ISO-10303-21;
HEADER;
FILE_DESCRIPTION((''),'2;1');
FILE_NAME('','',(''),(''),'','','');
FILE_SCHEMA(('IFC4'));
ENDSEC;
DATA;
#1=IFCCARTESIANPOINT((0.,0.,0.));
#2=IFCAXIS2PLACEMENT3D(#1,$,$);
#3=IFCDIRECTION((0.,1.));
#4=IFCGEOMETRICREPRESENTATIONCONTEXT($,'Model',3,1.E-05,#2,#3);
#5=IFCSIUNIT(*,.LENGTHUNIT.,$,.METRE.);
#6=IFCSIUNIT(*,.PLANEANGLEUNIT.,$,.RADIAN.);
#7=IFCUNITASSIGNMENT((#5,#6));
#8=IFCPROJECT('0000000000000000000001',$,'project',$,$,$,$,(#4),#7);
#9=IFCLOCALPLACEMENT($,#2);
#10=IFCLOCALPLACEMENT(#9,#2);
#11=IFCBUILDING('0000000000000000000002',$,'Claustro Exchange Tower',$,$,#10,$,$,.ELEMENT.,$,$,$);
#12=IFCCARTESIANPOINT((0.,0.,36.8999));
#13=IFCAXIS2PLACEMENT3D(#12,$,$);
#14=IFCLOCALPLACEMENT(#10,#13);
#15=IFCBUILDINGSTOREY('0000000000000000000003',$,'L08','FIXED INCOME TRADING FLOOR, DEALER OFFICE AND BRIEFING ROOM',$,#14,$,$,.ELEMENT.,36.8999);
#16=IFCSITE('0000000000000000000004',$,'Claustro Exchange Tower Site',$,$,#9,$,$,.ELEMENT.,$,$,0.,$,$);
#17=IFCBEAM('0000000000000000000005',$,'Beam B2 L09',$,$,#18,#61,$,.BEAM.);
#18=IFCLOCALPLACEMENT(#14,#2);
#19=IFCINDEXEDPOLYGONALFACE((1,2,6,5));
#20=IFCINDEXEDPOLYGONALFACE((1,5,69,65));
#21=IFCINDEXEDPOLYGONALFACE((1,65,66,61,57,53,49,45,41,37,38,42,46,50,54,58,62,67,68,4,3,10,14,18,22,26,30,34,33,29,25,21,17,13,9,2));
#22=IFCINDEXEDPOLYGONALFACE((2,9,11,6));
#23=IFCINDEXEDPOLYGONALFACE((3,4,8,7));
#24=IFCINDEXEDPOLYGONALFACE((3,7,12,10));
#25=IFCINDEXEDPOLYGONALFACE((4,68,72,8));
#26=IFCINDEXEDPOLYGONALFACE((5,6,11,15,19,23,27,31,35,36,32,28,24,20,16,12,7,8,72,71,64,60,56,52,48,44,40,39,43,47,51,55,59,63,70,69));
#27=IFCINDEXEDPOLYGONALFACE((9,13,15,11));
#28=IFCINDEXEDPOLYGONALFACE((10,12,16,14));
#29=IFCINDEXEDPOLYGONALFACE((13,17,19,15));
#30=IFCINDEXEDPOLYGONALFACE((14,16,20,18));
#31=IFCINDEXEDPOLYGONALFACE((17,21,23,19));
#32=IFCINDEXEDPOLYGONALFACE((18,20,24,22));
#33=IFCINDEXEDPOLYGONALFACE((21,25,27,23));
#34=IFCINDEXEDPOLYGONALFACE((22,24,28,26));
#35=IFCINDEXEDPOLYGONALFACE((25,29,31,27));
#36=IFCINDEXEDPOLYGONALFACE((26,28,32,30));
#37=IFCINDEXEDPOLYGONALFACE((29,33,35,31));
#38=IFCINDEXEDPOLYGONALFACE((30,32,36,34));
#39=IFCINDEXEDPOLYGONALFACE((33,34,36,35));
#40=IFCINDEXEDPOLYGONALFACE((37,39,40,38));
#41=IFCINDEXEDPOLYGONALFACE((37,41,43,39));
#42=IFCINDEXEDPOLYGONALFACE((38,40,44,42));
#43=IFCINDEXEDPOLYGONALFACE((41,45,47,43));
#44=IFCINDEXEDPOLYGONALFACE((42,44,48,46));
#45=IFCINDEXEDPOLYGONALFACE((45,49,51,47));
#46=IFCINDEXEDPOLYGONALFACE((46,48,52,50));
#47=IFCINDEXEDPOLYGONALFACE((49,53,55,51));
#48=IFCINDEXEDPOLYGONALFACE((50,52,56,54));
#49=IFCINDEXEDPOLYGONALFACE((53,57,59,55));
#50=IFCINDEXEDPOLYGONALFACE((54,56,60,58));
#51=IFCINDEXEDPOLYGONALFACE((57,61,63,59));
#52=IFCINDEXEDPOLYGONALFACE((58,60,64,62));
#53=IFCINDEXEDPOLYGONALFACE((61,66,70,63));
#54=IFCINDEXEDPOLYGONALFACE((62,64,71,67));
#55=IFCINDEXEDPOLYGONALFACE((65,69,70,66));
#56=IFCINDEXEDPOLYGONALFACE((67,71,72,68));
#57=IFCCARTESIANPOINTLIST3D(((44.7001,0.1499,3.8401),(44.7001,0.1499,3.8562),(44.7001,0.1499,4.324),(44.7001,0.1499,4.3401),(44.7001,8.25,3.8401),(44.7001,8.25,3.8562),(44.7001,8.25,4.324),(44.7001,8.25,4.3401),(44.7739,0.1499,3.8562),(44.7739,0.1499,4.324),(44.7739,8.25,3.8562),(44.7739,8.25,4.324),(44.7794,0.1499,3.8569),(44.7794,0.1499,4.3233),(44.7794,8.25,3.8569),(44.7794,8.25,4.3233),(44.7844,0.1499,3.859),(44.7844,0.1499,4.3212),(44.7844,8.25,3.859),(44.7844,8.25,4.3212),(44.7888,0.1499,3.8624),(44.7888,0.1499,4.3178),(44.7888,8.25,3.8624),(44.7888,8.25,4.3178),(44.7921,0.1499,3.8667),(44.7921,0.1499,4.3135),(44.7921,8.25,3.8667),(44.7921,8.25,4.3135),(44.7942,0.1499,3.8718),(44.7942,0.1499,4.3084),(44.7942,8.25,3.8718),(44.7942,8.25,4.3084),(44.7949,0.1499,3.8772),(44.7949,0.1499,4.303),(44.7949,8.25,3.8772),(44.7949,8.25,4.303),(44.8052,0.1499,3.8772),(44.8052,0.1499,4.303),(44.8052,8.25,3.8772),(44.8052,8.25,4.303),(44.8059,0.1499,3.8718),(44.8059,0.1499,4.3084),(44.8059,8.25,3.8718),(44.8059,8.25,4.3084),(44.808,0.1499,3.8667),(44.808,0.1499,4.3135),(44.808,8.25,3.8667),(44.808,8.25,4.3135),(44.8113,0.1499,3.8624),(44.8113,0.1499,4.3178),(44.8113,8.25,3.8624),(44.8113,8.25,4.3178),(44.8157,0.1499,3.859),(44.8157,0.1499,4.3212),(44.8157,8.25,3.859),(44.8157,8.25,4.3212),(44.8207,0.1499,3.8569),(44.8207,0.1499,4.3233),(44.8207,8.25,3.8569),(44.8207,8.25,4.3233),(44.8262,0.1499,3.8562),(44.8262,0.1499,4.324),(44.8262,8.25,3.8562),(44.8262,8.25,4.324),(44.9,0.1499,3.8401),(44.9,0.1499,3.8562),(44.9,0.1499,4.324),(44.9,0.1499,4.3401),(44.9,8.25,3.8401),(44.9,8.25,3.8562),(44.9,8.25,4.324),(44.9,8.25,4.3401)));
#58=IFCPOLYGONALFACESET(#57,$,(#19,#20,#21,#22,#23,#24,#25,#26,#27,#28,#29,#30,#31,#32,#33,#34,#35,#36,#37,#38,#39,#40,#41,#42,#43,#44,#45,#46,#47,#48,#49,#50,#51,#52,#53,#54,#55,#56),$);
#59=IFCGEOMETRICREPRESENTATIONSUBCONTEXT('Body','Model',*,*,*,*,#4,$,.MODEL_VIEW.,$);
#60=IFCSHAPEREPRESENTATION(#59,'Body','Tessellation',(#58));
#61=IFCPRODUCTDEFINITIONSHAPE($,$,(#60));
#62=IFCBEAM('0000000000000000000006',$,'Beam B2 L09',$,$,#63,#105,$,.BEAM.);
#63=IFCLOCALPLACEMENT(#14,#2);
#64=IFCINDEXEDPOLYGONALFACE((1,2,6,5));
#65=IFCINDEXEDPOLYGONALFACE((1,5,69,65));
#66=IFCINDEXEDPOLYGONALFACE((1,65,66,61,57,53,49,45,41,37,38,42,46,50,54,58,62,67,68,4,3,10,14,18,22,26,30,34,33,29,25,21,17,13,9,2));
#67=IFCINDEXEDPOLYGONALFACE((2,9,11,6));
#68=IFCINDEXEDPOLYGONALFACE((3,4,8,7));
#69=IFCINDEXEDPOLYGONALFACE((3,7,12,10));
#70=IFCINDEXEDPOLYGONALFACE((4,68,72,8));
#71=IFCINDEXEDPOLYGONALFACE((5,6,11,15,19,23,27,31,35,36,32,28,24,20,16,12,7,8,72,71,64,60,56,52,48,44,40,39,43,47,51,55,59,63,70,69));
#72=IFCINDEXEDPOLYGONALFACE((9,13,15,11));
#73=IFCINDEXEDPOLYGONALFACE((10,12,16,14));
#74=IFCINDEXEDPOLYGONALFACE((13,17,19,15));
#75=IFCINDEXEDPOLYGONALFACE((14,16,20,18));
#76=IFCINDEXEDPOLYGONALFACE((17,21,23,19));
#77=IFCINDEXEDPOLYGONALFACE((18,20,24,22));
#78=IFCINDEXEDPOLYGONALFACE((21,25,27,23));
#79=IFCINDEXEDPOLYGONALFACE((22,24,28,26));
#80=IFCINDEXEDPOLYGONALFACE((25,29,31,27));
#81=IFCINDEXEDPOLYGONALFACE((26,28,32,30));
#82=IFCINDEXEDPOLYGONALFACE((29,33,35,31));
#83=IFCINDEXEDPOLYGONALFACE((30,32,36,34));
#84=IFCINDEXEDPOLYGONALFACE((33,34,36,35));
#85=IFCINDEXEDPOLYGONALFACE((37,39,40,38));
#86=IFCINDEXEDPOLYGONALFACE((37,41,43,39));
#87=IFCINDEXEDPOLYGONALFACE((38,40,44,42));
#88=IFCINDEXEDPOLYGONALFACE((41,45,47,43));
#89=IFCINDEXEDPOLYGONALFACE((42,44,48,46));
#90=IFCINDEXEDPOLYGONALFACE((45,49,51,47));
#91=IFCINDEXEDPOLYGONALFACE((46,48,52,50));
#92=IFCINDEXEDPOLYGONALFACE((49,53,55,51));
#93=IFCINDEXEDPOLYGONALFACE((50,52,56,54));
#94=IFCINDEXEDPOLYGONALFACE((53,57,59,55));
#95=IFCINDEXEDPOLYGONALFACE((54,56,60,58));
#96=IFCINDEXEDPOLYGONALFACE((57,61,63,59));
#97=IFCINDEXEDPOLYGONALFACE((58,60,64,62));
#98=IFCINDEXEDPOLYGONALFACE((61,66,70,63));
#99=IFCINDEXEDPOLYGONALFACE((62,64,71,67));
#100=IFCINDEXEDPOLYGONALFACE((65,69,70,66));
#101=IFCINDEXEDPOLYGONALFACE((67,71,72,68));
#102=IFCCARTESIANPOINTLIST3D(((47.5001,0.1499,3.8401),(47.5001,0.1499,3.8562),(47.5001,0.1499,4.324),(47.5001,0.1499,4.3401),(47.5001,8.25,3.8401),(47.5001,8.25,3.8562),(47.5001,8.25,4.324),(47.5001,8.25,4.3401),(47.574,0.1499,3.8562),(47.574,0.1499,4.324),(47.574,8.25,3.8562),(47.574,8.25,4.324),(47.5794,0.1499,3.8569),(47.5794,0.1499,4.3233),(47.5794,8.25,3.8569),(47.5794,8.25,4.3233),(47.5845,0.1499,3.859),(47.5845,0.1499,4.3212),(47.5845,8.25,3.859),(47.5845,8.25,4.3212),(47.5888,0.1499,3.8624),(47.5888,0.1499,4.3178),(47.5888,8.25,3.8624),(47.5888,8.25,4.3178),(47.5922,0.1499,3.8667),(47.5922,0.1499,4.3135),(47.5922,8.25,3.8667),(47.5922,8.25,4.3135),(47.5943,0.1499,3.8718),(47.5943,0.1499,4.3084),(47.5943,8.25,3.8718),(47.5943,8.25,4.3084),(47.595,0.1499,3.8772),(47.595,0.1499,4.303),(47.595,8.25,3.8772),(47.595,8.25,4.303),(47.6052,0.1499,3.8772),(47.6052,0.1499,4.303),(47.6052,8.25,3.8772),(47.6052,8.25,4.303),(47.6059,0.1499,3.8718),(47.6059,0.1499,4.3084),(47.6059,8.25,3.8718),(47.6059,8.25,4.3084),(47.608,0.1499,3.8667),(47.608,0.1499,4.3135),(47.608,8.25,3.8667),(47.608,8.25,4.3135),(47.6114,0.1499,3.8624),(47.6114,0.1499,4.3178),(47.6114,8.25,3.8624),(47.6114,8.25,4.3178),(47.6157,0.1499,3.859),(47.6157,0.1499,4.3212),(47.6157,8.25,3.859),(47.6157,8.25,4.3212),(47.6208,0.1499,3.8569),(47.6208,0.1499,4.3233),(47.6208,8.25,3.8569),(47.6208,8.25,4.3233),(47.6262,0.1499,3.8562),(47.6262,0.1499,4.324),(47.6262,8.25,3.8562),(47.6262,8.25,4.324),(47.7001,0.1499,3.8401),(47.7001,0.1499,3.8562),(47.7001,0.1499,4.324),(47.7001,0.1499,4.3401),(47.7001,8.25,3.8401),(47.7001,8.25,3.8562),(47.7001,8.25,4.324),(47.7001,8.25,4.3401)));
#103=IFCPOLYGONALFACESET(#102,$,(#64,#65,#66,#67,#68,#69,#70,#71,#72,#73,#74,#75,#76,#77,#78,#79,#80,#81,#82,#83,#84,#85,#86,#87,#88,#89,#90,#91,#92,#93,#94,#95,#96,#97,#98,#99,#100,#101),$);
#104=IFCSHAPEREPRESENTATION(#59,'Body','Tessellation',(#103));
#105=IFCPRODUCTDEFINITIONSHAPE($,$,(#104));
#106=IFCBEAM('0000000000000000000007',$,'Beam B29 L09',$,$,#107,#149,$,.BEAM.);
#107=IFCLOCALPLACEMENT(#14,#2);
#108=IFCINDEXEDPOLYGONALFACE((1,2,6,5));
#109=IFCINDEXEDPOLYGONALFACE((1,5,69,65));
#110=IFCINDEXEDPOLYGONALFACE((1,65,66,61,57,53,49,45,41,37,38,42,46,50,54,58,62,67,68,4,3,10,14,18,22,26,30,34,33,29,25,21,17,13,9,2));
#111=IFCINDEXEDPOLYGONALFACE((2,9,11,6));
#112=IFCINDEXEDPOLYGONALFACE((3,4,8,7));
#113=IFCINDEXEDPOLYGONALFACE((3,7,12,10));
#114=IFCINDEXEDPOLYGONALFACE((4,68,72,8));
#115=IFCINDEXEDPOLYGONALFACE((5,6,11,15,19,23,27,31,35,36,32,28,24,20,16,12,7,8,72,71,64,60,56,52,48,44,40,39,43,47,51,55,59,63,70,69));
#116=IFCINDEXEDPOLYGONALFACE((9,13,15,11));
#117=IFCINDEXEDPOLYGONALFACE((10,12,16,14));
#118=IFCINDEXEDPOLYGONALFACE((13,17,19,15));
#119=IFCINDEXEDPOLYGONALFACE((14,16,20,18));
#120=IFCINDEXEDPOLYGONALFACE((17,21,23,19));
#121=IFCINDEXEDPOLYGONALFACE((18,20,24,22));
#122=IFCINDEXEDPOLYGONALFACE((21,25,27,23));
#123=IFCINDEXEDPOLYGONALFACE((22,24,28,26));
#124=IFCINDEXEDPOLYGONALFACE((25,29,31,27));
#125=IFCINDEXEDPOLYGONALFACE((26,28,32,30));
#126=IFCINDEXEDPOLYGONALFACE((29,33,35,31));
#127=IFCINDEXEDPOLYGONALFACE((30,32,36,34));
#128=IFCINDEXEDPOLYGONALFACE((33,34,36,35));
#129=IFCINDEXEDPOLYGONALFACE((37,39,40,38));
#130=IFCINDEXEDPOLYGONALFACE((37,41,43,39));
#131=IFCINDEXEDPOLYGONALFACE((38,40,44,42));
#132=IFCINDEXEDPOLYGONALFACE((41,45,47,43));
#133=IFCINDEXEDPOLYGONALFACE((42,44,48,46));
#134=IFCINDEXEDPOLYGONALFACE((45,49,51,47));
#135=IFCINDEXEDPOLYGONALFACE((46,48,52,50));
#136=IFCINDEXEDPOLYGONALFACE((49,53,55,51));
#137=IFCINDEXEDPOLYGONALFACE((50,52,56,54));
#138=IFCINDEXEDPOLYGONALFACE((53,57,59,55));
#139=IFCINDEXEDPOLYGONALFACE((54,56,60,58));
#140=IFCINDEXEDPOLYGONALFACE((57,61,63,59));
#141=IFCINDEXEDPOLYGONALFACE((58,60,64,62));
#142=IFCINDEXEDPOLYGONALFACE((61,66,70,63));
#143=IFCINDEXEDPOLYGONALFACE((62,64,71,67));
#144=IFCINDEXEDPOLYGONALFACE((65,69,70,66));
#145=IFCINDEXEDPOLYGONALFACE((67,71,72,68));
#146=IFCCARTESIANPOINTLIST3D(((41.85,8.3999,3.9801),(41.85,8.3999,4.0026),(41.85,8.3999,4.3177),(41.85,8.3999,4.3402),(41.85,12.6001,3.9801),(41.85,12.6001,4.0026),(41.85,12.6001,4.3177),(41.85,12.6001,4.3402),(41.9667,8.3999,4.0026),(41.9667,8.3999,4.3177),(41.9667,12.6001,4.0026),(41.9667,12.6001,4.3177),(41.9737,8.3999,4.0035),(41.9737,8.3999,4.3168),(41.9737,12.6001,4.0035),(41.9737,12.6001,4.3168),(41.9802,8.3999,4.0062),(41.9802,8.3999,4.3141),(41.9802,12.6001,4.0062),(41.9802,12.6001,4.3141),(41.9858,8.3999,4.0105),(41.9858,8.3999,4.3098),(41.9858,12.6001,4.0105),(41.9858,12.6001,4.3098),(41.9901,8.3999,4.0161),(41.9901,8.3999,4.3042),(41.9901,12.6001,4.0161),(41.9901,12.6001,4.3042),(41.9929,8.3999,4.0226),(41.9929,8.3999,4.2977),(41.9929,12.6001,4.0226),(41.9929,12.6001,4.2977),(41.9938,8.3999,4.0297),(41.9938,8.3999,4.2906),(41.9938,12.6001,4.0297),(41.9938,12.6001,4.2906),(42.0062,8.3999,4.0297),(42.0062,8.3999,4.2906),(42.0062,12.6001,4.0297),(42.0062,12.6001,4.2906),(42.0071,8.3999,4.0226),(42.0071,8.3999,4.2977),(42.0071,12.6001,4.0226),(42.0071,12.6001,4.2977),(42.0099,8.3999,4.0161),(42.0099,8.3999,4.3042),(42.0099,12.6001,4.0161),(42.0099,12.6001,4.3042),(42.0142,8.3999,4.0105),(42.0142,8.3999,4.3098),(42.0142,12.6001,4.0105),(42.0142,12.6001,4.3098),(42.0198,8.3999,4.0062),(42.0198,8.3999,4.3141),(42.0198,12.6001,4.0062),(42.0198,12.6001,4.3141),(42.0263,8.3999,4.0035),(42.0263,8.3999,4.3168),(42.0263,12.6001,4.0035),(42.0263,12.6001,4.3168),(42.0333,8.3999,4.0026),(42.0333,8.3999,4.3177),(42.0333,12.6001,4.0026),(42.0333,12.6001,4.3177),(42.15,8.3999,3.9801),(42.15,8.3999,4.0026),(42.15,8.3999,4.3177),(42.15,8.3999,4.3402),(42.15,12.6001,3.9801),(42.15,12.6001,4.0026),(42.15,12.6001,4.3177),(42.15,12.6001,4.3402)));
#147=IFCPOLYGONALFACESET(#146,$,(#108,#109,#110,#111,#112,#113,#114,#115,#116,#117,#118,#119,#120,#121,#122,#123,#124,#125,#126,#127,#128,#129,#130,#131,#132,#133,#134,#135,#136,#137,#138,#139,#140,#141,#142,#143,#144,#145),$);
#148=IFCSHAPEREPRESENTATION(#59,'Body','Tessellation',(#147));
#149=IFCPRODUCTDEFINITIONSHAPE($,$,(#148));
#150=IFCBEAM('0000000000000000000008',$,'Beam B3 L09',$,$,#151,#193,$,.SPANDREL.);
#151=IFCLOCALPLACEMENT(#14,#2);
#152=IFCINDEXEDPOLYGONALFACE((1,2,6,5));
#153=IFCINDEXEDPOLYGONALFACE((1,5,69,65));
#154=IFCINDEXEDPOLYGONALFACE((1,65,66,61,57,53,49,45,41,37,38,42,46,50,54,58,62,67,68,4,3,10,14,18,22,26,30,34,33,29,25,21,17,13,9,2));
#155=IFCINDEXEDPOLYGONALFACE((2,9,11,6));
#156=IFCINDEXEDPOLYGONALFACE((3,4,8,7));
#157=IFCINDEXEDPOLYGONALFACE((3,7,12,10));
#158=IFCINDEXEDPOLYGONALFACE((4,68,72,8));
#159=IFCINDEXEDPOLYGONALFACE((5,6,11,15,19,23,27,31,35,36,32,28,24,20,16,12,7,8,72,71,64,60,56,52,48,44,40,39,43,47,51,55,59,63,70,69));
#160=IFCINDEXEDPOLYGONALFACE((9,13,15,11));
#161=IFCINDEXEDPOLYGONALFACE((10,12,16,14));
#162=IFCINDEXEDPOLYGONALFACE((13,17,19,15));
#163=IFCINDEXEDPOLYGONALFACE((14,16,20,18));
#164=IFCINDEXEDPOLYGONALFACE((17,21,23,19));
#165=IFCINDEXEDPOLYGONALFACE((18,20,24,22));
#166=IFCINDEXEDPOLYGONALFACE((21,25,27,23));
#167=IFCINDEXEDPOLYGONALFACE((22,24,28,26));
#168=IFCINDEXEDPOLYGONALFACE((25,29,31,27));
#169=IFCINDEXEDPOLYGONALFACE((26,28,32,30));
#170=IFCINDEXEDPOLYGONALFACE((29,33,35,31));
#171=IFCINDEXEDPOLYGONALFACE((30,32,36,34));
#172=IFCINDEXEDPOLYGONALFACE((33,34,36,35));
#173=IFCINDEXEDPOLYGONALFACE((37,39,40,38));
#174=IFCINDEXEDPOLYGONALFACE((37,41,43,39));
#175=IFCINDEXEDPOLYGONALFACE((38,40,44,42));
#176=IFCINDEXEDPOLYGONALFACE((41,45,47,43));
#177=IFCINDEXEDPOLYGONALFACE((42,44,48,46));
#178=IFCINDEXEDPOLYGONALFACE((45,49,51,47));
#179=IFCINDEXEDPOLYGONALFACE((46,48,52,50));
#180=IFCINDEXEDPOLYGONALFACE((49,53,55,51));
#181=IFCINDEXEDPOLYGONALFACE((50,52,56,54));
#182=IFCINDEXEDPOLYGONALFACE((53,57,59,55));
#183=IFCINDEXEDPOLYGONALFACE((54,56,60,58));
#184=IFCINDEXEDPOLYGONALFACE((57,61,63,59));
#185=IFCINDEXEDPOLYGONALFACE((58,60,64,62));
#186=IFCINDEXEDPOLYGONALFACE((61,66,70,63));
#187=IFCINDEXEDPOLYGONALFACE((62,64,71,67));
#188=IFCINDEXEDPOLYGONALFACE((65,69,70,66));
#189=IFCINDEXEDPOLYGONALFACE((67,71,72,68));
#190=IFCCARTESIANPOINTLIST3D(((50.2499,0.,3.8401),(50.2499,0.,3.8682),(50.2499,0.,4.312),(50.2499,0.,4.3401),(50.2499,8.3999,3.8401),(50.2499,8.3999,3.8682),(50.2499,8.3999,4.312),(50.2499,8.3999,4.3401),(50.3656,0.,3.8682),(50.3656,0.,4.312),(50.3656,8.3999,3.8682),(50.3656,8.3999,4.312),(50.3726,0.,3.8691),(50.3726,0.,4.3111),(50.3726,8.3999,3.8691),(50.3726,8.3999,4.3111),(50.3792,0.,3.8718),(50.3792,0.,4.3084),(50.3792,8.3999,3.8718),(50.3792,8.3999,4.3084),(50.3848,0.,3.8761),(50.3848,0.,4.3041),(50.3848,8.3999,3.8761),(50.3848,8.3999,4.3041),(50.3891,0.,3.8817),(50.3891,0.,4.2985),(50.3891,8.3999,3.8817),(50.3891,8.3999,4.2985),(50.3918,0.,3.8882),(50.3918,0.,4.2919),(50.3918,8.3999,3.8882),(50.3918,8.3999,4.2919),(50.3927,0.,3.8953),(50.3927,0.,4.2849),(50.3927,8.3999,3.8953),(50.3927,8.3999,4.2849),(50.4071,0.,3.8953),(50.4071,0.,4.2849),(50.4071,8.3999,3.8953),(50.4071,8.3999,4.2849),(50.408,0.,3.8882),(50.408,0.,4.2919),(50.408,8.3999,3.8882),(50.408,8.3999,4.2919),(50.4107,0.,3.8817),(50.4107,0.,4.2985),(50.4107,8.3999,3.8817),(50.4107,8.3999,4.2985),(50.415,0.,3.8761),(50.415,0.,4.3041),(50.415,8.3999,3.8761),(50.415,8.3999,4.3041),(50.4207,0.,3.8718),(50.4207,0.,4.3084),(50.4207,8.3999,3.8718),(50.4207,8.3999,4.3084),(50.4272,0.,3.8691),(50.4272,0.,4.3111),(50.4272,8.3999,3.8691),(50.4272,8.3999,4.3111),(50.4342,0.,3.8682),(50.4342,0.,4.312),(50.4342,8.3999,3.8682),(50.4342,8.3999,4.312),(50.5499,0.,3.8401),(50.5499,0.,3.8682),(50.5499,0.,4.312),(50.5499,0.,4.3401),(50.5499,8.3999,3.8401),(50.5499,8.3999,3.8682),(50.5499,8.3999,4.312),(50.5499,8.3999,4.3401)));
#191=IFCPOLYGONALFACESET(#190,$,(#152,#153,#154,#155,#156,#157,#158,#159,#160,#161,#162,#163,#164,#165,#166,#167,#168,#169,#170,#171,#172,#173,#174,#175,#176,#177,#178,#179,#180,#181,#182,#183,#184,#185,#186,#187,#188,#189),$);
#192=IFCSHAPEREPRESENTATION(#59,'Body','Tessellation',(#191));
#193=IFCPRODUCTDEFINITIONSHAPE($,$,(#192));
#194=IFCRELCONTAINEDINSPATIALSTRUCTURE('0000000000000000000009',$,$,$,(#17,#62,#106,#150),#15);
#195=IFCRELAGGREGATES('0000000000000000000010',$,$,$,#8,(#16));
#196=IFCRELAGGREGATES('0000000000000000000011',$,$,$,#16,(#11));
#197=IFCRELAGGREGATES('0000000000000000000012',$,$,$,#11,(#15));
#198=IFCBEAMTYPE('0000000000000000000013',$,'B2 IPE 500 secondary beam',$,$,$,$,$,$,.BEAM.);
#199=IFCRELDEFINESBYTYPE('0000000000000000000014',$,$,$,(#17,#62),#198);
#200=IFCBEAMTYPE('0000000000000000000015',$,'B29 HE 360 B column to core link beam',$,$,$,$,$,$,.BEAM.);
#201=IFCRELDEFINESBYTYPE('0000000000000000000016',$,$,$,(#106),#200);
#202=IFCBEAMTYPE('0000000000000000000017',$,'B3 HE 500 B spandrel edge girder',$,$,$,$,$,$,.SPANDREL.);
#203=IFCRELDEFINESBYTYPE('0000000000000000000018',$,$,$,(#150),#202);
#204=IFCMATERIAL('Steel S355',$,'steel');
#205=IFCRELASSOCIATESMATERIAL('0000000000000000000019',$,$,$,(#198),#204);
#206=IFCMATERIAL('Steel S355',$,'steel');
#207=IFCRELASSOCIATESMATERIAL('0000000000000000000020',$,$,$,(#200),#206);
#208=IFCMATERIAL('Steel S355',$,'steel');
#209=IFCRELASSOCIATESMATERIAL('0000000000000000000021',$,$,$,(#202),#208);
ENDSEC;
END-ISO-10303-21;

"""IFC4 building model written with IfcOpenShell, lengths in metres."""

from ifc_helpers import new_model, si_unit, direction, frame, origin, origin_2d, place, context, subcontext, project, spatial, i_section, extrude, material, material_profile, profile_set, type_object, element, save


model = new_model("IFC4")

# Units and contexts
model_context = context("Model", 3, precision=1e-05, world=origin(), true_north=direction((0.0, 1.0)))
body_context = subcontext(model_context, "Body", "Model", "MODEL_VIEW")
ifc_project = project(units=[si_unit("LENGTHUNIT", "METRE"), si_unit("PLANEANGLEUNIT", "RADIAN")], contexts=[model_context])

# Site, building, storey
site_placement = place(None, origin())
site = spatial("IfcSite", under=ifc_project, at=site_placement, Name="Claustro Exchange Tower Site", CompositionType="ELEMENT", RefElevation=0.0)
building_placement = place(site_placement, origin())
building = spatial("IfcBuilding", under=site, at=building_placement, Name="Claustro Exchange Tower", CompositionType="ELEMENT")
storey_placement = place(building_placement, frame((0.0, 0.0, 36.8999)))
storey = spatial("IfcBuildingStorey", under=building, at=storey_placement, Name="L08", Description="FIXED INCOME TRADING FLOOR, DEALER OFFICE AND BRIEFING ROOM", CompositionType="ELEMENT", Elevation=36.8999)

# Beams
ifc_material_1 = material(Name="Steel S355", Category="steel")
ifc_material_profile_1 = material_profile(ifc_material_1, i_section(OverallWidth=0.2, OverallDepth=0.5, WebThickness=0.0103, FlangeThickness=0.0161, FilletRadius=0.021, at=origin_2d()), Name="IPE 500")
ifc_profile_set_1 = profile_set([ifc_material_profile_1], Name="Steel S355")
beam_type_1 = type_object("IfcBeamType", Name="B2 IPE 500 secondary beam", PredefinedType="BEAM", material=ifc_profile_set_1)
for number, where, z_axis, x_axis, name in (
    (1, (44.8, 0.1499, 4.0901), (0.0, 1.0, 0.0), (-1.0, 0.0, 0.0), "Beam B2 L09"),
    (2, (47.6001, 0.1499, 4.0901), (0.0, 1.0, 0.0), (-1.0, 0.0, 0.0), "Beam B2 L09"),
):
    element("IfcBeam", number, at=place(storey_placement, frame(where, z_axis=z_axis, x_axis=x_axis)), inside=storey, type_object=beam_type_1, Name=name, PredefinedType="BEAM", context=body_context, shape_type="SweptSolid", body=[
        extrude(i_section(OverallWidth=0.2, OverallDepth=0.5, WebThickness=0.0103, FlangeThickness=0.0161, FilletRadius=0.021, at=origin_2d()), origin(), (0.0, 0.0, 1.0), 8.1001),
    ])
ifc_material_2 = material(Name="Steel S355", Category="steel")
ifc_material_profile_2 = material_profile(ifc_material_2, i_section(OverallWidth=0.3, OverallDepth=0.3601, WebThickness=0.0125, FlangeThickness=0.0225, FilletRadius=0.0271, at=origin_2d()), Name="HE 360 B")
ifc_profile_set_2 = profile_set([ifc_material_profile_2], Name="Steel S355")
beam_type_2 = type_object("IfcBeamType", Name="B29 HE 360 B column to core link beam", PredefinedType="BEAM", material=ifc_profile_set_2)
beam_placement = place(storey_placement, frame((42.0, 8.3999, 4.1602), z_axis=(0.0, 1.0, 0.0), x_axis=(-1.0, 0.0, 0.0)))
element("IfcBeam", 3, at=beam_placement, inside=storey, type_object=beam_type_2, Name="Beam B29 L09", PredefinedType="BEAM", context=body_context, shape_type="SweptSolid", body=[
    extrude(i_section(OverallWidth=0.3, OverallDepth=0.3601, WebThickness=0.0125, FlangeThickness=0.0225, FilletRadius=0.0271, at=origin_2d()), origin(), (0.0, 0.0, 1.0), 4.2002),
])
ifc_material_3 = material(Name="Steel S355", Category="steel")
ifc_material_profile_3 = material_profile(ifc_material_3, i_section(OverallWidth=0.3, OverallDepth=0.5, WebThickness=0.0144, FlangeThickness=0.0281, FilletRadius=0.0271, at=origin_2d()), Name="HE 500 B")
ifc_profile_set_3 = profile_set([ifc_material_profile_3], Name="Steel S355")
beam_type_3 = type_object("IfcBeamType", Name="B3 HE 500 B spandrel edge girder", PredefinedType="SPANDREL", material=ifc_profile_set_3)
for number, where, z_axis, x_axis, name in (
    (4, (50.3999, 0.0, 4.0901), (0.0, 1.0, 0.0), (-1.0, 0.0, 0.0), "Beam B3 L09"),
):
    element("IfcBeam", number, at=place(storey_placement, frame(where, z_axis=z_axis, x_axis=x_axis)), inside=storey, type_object=beam_type_3, Name=name, PredefinedType="SPANDREL", context=body_context, shape_type="SweptSolid", body=[
        extrude(i_section(OverallWidth=0.3, OverallDepth=0.5, WebThickness=0.0144, FlangeThickness=0.0281, FilletRadius=0.0271, at=origin_2d()), origin(), (0.0, 0.0, 1.0), 8.3999),
    ])

save(model, "model.ifc")
